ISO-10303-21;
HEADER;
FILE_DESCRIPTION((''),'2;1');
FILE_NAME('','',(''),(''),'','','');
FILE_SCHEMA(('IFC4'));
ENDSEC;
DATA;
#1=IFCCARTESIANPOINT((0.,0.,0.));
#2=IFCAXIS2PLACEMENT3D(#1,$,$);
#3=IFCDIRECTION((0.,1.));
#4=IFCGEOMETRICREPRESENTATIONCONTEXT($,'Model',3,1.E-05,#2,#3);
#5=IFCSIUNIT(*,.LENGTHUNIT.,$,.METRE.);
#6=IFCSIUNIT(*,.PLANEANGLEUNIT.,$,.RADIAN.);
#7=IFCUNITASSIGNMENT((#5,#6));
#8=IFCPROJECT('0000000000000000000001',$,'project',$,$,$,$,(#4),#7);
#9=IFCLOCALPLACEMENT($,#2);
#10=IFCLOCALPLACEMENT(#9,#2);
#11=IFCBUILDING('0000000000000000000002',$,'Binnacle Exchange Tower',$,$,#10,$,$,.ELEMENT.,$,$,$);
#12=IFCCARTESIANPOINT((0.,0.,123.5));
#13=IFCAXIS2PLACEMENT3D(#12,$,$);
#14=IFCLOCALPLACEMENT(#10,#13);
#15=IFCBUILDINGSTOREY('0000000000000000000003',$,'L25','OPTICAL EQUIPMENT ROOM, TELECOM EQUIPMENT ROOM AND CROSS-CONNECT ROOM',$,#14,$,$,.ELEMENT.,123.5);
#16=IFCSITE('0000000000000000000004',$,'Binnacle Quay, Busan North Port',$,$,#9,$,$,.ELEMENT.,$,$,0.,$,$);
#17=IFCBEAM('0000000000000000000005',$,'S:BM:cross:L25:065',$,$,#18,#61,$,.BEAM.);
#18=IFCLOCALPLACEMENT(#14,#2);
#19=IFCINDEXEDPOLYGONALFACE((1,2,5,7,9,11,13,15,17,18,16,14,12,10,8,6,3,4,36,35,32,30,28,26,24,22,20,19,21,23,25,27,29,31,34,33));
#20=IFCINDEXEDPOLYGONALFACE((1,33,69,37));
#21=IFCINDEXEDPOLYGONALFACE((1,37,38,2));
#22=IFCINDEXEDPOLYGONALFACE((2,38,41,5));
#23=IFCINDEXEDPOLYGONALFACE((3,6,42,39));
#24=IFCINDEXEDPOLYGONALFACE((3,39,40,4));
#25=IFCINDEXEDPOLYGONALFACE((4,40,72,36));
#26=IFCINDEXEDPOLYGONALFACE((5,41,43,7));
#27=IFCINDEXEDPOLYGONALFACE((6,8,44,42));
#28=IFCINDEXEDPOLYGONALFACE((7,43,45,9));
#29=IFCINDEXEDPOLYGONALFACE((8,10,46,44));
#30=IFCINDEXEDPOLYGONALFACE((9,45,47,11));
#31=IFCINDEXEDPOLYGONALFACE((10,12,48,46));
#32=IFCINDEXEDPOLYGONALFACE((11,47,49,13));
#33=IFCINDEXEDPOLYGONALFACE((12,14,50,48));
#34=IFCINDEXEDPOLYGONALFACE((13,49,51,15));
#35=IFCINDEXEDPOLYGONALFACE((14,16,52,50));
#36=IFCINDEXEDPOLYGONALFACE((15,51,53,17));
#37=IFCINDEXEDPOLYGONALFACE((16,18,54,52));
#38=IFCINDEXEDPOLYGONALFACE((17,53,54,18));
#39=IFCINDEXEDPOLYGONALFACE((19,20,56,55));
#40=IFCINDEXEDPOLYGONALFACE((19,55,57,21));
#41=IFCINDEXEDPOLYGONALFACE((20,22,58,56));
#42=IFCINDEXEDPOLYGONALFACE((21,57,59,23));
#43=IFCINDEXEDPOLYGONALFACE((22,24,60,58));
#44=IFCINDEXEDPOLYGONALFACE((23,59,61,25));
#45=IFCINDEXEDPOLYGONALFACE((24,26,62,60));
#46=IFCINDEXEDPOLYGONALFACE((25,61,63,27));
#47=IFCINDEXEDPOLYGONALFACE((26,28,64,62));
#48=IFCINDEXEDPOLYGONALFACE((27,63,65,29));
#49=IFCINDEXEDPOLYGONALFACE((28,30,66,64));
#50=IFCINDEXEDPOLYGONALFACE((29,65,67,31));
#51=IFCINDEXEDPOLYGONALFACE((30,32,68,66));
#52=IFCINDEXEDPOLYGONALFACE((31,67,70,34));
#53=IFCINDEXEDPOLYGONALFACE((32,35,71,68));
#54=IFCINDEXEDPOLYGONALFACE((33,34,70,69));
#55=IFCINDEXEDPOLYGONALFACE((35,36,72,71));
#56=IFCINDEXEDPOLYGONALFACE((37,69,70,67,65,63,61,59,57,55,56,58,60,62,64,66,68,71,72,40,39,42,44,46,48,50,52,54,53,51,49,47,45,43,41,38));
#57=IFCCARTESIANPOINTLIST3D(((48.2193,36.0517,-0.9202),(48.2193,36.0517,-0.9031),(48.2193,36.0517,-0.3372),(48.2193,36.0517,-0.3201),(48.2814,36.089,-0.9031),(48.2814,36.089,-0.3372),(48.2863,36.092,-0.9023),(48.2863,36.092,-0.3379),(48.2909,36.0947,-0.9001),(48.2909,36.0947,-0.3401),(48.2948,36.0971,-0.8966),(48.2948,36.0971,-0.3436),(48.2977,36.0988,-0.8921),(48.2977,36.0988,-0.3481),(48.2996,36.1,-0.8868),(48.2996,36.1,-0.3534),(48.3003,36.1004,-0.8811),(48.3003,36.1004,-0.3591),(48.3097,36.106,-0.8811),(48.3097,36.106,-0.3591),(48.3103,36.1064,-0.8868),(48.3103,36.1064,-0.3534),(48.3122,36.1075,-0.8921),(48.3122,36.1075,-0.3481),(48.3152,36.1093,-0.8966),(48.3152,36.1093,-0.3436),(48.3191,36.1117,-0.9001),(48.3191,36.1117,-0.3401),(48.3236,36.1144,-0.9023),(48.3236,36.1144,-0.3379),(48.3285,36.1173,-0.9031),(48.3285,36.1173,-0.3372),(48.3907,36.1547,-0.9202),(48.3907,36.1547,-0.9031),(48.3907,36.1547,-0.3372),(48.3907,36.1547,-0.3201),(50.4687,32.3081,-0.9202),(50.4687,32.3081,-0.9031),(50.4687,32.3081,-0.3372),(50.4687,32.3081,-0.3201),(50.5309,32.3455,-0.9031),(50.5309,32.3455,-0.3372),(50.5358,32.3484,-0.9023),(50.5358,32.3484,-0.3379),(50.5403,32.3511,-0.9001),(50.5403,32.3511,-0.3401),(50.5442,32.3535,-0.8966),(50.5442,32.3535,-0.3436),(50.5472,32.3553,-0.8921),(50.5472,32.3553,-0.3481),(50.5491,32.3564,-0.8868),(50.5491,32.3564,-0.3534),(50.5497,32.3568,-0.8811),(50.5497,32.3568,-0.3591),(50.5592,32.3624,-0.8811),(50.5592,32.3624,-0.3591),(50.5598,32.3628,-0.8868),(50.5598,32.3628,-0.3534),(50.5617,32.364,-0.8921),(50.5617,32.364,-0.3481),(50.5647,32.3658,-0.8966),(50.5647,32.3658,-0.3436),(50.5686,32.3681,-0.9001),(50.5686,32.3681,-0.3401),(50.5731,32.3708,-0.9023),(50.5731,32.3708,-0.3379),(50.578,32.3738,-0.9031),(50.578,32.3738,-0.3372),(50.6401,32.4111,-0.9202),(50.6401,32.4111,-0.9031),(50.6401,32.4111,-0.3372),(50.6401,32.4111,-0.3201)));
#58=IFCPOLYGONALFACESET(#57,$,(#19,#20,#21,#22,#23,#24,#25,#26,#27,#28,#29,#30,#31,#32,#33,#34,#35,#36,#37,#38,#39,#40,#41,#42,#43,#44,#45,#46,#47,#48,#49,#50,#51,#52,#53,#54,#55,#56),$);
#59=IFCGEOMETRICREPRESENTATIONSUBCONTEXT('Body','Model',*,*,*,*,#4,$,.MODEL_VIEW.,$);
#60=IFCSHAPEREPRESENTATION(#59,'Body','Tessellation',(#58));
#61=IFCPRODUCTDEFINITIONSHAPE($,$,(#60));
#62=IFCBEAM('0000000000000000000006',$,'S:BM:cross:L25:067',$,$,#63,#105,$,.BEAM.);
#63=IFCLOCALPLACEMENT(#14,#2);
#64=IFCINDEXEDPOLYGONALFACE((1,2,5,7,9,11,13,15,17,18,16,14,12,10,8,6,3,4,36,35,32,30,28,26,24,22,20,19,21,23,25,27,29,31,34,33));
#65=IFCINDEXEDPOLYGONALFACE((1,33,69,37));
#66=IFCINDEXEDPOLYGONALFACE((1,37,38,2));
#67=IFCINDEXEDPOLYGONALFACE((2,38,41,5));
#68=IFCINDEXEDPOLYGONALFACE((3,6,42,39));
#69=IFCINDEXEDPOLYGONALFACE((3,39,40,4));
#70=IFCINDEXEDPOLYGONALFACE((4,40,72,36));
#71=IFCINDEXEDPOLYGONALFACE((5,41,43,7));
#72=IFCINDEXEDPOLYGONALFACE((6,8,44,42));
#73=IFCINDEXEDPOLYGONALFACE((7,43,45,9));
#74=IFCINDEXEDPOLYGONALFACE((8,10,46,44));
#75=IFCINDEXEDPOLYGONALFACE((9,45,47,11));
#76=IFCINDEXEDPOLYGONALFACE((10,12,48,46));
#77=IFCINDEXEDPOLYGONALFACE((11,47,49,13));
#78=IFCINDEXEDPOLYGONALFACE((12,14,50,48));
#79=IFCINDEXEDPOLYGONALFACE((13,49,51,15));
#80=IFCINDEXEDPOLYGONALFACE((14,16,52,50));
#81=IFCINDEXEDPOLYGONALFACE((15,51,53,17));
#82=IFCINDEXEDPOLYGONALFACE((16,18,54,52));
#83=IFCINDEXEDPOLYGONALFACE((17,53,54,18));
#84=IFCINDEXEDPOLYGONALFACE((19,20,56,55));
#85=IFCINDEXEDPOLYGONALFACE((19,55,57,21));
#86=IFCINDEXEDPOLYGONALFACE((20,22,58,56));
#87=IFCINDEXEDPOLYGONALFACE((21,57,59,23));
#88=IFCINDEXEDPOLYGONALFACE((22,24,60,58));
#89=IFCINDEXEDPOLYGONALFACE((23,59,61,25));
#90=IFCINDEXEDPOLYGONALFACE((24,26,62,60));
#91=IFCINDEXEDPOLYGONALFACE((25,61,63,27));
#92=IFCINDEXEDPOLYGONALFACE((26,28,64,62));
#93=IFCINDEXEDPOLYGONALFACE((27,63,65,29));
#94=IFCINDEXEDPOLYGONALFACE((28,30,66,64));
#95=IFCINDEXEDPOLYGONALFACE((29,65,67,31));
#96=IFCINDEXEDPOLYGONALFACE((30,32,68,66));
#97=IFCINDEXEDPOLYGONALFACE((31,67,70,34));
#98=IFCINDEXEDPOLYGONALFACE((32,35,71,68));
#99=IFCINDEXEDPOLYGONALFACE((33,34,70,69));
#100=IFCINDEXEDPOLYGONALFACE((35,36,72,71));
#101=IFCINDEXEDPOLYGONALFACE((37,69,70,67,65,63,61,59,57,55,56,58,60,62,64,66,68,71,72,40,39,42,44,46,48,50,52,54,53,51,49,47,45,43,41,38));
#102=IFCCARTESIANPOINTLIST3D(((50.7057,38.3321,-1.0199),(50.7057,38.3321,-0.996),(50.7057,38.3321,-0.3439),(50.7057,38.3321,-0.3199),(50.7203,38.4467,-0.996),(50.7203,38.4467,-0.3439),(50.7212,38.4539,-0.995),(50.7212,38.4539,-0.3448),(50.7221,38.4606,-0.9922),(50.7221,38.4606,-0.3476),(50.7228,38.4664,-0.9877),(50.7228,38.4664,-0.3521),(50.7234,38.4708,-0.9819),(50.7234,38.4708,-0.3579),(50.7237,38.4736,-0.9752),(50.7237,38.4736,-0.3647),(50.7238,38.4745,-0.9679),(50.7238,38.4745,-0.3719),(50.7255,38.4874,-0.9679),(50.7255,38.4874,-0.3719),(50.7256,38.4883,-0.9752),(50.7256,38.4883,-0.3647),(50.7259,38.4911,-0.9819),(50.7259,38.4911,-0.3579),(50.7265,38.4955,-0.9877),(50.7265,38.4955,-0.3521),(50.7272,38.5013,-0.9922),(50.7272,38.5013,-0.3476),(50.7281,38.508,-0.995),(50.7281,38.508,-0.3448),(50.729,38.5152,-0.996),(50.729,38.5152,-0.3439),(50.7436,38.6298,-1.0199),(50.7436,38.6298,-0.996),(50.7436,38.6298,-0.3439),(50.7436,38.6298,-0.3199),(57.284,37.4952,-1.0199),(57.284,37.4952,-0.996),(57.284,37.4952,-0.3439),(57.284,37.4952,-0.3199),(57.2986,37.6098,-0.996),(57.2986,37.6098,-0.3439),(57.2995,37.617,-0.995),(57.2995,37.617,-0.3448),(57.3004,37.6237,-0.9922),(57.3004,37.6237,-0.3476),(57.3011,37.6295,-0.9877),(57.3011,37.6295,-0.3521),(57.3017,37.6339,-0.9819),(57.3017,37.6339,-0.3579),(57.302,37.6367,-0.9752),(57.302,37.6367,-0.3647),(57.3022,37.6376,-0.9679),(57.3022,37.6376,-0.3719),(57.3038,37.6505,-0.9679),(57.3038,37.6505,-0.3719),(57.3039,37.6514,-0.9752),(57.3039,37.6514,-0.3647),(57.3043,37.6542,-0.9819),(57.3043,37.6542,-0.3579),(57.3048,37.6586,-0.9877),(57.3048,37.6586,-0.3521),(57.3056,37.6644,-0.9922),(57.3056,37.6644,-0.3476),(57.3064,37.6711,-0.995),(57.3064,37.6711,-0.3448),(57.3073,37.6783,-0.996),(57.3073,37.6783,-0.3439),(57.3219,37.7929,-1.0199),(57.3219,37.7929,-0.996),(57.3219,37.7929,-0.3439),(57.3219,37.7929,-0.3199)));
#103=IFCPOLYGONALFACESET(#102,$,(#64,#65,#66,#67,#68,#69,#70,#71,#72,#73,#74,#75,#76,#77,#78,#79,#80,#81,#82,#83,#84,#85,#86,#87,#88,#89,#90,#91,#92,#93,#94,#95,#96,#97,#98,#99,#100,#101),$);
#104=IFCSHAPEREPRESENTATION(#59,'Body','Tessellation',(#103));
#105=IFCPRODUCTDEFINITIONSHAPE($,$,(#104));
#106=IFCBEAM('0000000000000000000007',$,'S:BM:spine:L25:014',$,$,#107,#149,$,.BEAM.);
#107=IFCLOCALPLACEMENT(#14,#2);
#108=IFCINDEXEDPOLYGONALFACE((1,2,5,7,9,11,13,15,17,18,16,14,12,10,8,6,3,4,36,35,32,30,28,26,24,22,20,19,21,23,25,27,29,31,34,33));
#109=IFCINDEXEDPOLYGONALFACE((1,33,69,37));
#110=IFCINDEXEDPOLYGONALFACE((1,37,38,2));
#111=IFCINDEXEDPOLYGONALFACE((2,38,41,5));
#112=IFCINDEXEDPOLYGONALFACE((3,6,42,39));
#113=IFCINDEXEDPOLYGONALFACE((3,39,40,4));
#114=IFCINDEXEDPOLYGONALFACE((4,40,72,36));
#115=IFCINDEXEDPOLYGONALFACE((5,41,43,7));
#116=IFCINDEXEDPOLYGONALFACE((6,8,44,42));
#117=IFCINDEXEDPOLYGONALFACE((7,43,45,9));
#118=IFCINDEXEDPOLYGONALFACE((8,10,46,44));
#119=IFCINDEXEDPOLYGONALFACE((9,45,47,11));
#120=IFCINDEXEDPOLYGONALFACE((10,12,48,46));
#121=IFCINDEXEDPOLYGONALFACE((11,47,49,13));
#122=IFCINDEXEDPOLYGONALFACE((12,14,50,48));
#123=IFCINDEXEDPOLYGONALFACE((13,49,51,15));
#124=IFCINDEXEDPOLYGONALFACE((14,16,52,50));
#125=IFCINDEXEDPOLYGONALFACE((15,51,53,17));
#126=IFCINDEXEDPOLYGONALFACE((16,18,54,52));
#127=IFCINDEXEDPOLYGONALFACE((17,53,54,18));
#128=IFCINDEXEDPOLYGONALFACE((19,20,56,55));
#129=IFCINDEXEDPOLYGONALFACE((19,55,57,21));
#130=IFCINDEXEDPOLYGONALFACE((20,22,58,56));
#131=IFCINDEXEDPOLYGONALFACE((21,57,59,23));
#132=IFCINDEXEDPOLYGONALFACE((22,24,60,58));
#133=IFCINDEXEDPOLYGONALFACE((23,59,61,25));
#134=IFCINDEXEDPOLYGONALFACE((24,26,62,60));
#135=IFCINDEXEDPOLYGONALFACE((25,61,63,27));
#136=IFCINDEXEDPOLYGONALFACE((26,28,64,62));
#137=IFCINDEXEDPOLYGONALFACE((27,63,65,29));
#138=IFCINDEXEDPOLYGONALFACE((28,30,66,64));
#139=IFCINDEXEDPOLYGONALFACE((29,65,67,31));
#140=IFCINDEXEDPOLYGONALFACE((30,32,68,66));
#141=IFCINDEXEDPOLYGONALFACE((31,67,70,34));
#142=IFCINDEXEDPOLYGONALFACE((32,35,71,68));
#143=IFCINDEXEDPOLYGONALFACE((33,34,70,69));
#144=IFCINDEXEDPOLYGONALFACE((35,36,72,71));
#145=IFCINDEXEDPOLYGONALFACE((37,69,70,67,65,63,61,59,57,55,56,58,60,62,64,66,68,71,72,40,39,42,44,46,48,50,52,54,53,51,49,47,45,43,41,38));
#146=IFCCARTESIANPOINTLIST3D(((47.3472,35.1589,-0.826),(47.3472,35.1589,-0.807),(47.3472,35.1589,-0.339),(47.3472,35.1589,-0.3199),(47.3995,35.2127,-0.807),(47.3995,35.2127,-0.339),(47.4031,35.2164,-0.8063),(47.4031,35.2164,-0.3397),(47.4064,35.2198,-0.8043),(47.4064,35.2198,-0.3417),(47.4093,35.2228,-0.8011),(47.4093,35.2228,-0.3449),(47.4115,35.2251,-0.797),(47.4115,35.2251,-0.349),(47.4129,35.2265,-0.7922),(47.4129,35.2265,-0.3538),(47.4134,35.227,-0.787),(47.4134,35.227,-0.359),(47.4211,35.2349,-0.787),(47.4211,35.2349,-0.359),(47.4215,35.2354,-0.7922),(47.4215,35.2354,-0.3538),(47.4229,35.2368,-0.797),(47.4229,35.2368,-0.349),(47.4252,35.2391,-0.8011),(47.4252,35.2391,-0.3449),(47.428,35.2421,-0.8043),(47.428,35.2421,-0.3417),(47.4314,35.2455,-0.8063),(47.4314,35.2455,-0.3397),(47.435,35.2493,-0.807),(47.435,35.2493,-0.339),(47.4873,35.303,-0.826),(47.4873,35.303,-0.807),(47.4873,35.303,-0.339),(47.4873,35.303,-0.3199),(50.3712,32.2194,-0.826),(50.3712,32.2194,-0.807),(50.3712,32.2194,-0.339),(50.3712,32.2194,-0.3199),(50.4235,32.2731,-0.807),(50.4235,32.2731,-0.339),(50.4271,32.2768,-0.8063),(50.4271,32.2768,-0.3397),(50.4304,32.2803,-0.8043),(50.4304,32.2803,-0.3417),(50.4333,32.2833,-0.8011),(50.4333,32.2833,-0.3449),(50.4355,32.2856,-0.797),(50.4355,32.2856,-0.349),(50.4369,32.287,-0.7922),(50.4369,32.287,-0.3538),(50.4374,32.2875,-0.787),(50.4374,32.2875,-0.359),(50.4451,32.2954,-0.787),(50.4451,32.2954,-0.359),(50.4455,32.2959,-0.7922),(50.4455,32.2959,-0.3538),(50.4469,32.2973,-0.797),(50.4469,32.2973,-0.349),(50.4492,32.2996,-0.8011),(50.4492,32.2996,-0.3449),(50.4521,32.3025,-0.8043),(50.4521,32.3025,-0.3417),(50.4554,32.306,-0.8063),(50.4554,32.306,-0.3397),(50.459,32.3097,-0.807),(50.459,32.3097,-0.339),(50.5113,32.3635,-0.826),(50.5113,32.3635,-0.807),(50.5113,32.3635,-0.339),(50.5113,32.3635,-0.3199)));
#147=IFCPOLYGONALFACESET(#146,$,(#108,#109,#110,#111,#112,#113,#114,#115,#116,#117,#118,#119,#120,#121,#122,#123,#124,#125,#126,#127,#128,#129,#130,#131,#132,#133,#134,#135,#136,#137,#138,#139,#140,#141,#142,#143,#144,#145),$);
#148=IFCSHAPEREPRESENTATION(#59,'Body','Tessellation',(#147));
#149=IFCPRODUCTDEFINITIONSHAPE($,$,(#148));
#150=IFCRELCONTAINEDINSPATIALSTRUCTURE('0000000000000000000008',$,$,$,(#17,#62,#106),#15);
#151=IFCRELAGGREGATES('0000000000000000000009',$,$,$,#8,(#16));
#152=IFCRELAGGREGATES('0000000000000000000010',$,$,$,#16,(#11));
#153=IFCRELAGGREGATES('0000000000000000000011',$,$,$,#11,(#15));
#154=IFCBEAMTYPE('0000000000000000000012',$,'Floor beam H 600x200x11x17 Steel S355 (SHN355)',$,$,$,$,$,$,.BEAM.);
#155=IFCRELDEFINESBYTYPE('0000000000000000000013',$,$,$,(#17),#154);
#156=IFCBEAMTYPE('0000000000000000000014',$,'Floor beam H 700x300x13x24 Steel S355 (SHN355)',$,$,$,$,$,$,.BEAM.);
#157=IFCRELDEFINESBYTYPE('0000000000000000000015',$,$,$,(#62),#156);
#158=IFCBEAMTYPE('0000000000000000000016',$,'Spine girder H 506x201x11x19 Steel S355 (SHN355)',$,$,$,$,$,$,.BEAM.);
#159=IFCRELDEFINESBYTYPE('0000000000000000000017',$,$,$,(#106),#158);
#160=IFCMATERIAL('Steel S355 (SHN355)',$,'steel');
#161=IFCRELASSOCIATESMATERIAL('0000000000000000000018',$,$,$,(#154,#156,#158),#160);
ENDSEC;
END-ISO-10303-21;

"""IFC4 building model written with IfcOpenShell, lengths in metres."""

from ifc_helpers import new_model, si_unit, direction, frame, origin, origin_2d, place, context, subcontext, project, spatial, i_section, extrude, material, material_profile, profile_set, type_object, element, save


model = new_model("IFC4")

# Units and contexts
model_context = context("Model", 3, precision=1e-05, world=origin(), true_north=direction((0.0, 1.0)))
body_context = subcontext(model_context, "Body", "Model", "MODEL_VIEW")
ifc_project = project(units=[si_unit("LENGTHUNIT", "METRE"), si_unit("PLANEANGLEUNIT", "RADIAN")], contexts=[model_context])

# Site, building, storey
site_placement = place(None, origin())
site = spatial("IfcSite", under=ifc_project, at=site_placement, Name="Binnacle Quay, Busan North Port", CompositionType="ELEMENT", RefElevation=0.0)
building_placement = place(site_placement, origin())
building = spatial("IfcBuilding", under=site, at=building_placement, Name="Binnacle Exchange Tower", CompositionType="ELEMENT")
storey_placement = place(building_placement, frame((0.0, 0.0, 123.5)))
storey = spatial("IfcBuildingStorey", under=building, at=storey_placement, Name="L25", Description="OPTICAL EQUIPMENT ROOM, TELECOM EQUIPMENT ROOM AND CROSS-CONNECT ROOM", CompositionType="ELEMENT", Elevation=123.5)

# Beams
ifc_material_1 = material(Name="Steel S355 (SHN355)", Category="steel")
ifc_material_profile_1 = material_profile(ifc_material_1, i_section(OverallWidth=0.2, OverallDepth=0.6001, WebThickness=0.011, FlangeThickness=0.0171, FilletRadius=0.022, at=origin_2d()), Name="H 600x200x11x17")
ifc_profile_set_1 = profile_set([ifc_material_profile_1], Name="Steel S355 (SHN355)")
beam_type_1 = type_object("IfcBeamType", Name="Floor beam H 600x200x11x17 Steel S355 (SHN355)", PredefinedType="BEAM", material=ifc_profile_set_1)
beam_1_placement = place(storey_placement, frame((50.5544, 32.3596, -0.6201), z_axis=(-0.515055, 0.857157, 0.0), x_axis=(-0.857157, -0.515055, 0.0)))
element("IfcBeam", 1, at=beam_1_placement, inside=storey, type_object=beam_type_1, Name="S:BM:cross:L25:065", PredefinedType="BEAM", context=body_context, shape_type="SweptSolid", body=[
    extrude(i_section(OverallWidth=0.2, OverallDepth=0.6001, WebThickness=0.011, FlangeThickness=0.0171, FilletRadius=0.022, at=origin_2d()), origin(), (0.0, 0.0, 1.0), 4.3674),
])
ifc_material_profile_2 = material_profile(ifc_material_1, i_section(OverallWidth=0.3, OverallDepth=0.7, WebThickness=0.0129, FlangeThickness=0.0239, FilletRadius=0.0281, at=origin_2d()), Name="H 700x300x13x24")
ifc_profile_set_2 = profile_set([ifc_material_profile_2], Name="Steel S355 (SHN355)")
beam_type_2 = type_object("IfcBeamType", Name="Floor beam H 700x300x13x24 Steel S355 (SHN355)", PredefinedType="BEAM", material=ifc_profile_set_2)
beam_2_placement = place(storey_placement, frame((57.303, 37.644, -0.6699), z_axis=(-0.992004, 0.126205, 0.0), x_axis=(-0.126205, -0.992004, 0.0)))
element("IfcBeam", 2, at=beam_2_placement, inside=storey, type_object=beam_type_2, Name="S:BM:cross:L25:067", PredefinedType="BEAM", context=body_context, shape_type="SweptSolid", body=[
    extrude(i_section(OverallWidth=0.3, OverallDepth=0.7, WebThickness=0.0129, FlangeThickness=0.0239, FilletRadius=0.0281, at=origin_2d()), origin(), (0.0, 0.0, 1.0), 6.6313),
])
ifc_material_profile_3 = material_profile(ifc_material_1, i_section(OverallWidth=0.2009, OverallDepth=0.5061, WebThickness=0.011, FlangeThickness=0.019, FilletRadius=0.02, at=origin_2d()), Name="H 506x201x11x19")
ifc_profile_set_3 = profile_set([ifc_material_profile_3], Name="Steel S355 (SHN355)")
beam_type_3 = type_object("IfcBeamType", Name="Spine girder H 506x201x11x19 Steel S355 (SHN355)", PredefinedType="BEAM", material=ifc_profile_set_3)
beam_3_placement = place(storey_placement, frame((47.4172, 35.231, -0.573), z_axis=(0.717051, -0.697021, 0.0), x_axis=(0.697021, 0.717051, 0.0)))
element("IfcBeam", 3, at=beam_3_placement, inside=storey, type_object=beam_type_3, Name="S:BM:spine:L25:014", PredefinedType="BEAM", context=body_context, shape_type="SweptSolid", body=[
    extrude(i_section(OverallWidth=0.2009, OverallDepth=0.5061, WebThickness=0.011, FlangeThickness=0.019, FilletRadius=0.02, at=origin_2d()), origin(), (0.0, 0.0, 1.0), 4.2173),
])

save(model, "model.ifc")
